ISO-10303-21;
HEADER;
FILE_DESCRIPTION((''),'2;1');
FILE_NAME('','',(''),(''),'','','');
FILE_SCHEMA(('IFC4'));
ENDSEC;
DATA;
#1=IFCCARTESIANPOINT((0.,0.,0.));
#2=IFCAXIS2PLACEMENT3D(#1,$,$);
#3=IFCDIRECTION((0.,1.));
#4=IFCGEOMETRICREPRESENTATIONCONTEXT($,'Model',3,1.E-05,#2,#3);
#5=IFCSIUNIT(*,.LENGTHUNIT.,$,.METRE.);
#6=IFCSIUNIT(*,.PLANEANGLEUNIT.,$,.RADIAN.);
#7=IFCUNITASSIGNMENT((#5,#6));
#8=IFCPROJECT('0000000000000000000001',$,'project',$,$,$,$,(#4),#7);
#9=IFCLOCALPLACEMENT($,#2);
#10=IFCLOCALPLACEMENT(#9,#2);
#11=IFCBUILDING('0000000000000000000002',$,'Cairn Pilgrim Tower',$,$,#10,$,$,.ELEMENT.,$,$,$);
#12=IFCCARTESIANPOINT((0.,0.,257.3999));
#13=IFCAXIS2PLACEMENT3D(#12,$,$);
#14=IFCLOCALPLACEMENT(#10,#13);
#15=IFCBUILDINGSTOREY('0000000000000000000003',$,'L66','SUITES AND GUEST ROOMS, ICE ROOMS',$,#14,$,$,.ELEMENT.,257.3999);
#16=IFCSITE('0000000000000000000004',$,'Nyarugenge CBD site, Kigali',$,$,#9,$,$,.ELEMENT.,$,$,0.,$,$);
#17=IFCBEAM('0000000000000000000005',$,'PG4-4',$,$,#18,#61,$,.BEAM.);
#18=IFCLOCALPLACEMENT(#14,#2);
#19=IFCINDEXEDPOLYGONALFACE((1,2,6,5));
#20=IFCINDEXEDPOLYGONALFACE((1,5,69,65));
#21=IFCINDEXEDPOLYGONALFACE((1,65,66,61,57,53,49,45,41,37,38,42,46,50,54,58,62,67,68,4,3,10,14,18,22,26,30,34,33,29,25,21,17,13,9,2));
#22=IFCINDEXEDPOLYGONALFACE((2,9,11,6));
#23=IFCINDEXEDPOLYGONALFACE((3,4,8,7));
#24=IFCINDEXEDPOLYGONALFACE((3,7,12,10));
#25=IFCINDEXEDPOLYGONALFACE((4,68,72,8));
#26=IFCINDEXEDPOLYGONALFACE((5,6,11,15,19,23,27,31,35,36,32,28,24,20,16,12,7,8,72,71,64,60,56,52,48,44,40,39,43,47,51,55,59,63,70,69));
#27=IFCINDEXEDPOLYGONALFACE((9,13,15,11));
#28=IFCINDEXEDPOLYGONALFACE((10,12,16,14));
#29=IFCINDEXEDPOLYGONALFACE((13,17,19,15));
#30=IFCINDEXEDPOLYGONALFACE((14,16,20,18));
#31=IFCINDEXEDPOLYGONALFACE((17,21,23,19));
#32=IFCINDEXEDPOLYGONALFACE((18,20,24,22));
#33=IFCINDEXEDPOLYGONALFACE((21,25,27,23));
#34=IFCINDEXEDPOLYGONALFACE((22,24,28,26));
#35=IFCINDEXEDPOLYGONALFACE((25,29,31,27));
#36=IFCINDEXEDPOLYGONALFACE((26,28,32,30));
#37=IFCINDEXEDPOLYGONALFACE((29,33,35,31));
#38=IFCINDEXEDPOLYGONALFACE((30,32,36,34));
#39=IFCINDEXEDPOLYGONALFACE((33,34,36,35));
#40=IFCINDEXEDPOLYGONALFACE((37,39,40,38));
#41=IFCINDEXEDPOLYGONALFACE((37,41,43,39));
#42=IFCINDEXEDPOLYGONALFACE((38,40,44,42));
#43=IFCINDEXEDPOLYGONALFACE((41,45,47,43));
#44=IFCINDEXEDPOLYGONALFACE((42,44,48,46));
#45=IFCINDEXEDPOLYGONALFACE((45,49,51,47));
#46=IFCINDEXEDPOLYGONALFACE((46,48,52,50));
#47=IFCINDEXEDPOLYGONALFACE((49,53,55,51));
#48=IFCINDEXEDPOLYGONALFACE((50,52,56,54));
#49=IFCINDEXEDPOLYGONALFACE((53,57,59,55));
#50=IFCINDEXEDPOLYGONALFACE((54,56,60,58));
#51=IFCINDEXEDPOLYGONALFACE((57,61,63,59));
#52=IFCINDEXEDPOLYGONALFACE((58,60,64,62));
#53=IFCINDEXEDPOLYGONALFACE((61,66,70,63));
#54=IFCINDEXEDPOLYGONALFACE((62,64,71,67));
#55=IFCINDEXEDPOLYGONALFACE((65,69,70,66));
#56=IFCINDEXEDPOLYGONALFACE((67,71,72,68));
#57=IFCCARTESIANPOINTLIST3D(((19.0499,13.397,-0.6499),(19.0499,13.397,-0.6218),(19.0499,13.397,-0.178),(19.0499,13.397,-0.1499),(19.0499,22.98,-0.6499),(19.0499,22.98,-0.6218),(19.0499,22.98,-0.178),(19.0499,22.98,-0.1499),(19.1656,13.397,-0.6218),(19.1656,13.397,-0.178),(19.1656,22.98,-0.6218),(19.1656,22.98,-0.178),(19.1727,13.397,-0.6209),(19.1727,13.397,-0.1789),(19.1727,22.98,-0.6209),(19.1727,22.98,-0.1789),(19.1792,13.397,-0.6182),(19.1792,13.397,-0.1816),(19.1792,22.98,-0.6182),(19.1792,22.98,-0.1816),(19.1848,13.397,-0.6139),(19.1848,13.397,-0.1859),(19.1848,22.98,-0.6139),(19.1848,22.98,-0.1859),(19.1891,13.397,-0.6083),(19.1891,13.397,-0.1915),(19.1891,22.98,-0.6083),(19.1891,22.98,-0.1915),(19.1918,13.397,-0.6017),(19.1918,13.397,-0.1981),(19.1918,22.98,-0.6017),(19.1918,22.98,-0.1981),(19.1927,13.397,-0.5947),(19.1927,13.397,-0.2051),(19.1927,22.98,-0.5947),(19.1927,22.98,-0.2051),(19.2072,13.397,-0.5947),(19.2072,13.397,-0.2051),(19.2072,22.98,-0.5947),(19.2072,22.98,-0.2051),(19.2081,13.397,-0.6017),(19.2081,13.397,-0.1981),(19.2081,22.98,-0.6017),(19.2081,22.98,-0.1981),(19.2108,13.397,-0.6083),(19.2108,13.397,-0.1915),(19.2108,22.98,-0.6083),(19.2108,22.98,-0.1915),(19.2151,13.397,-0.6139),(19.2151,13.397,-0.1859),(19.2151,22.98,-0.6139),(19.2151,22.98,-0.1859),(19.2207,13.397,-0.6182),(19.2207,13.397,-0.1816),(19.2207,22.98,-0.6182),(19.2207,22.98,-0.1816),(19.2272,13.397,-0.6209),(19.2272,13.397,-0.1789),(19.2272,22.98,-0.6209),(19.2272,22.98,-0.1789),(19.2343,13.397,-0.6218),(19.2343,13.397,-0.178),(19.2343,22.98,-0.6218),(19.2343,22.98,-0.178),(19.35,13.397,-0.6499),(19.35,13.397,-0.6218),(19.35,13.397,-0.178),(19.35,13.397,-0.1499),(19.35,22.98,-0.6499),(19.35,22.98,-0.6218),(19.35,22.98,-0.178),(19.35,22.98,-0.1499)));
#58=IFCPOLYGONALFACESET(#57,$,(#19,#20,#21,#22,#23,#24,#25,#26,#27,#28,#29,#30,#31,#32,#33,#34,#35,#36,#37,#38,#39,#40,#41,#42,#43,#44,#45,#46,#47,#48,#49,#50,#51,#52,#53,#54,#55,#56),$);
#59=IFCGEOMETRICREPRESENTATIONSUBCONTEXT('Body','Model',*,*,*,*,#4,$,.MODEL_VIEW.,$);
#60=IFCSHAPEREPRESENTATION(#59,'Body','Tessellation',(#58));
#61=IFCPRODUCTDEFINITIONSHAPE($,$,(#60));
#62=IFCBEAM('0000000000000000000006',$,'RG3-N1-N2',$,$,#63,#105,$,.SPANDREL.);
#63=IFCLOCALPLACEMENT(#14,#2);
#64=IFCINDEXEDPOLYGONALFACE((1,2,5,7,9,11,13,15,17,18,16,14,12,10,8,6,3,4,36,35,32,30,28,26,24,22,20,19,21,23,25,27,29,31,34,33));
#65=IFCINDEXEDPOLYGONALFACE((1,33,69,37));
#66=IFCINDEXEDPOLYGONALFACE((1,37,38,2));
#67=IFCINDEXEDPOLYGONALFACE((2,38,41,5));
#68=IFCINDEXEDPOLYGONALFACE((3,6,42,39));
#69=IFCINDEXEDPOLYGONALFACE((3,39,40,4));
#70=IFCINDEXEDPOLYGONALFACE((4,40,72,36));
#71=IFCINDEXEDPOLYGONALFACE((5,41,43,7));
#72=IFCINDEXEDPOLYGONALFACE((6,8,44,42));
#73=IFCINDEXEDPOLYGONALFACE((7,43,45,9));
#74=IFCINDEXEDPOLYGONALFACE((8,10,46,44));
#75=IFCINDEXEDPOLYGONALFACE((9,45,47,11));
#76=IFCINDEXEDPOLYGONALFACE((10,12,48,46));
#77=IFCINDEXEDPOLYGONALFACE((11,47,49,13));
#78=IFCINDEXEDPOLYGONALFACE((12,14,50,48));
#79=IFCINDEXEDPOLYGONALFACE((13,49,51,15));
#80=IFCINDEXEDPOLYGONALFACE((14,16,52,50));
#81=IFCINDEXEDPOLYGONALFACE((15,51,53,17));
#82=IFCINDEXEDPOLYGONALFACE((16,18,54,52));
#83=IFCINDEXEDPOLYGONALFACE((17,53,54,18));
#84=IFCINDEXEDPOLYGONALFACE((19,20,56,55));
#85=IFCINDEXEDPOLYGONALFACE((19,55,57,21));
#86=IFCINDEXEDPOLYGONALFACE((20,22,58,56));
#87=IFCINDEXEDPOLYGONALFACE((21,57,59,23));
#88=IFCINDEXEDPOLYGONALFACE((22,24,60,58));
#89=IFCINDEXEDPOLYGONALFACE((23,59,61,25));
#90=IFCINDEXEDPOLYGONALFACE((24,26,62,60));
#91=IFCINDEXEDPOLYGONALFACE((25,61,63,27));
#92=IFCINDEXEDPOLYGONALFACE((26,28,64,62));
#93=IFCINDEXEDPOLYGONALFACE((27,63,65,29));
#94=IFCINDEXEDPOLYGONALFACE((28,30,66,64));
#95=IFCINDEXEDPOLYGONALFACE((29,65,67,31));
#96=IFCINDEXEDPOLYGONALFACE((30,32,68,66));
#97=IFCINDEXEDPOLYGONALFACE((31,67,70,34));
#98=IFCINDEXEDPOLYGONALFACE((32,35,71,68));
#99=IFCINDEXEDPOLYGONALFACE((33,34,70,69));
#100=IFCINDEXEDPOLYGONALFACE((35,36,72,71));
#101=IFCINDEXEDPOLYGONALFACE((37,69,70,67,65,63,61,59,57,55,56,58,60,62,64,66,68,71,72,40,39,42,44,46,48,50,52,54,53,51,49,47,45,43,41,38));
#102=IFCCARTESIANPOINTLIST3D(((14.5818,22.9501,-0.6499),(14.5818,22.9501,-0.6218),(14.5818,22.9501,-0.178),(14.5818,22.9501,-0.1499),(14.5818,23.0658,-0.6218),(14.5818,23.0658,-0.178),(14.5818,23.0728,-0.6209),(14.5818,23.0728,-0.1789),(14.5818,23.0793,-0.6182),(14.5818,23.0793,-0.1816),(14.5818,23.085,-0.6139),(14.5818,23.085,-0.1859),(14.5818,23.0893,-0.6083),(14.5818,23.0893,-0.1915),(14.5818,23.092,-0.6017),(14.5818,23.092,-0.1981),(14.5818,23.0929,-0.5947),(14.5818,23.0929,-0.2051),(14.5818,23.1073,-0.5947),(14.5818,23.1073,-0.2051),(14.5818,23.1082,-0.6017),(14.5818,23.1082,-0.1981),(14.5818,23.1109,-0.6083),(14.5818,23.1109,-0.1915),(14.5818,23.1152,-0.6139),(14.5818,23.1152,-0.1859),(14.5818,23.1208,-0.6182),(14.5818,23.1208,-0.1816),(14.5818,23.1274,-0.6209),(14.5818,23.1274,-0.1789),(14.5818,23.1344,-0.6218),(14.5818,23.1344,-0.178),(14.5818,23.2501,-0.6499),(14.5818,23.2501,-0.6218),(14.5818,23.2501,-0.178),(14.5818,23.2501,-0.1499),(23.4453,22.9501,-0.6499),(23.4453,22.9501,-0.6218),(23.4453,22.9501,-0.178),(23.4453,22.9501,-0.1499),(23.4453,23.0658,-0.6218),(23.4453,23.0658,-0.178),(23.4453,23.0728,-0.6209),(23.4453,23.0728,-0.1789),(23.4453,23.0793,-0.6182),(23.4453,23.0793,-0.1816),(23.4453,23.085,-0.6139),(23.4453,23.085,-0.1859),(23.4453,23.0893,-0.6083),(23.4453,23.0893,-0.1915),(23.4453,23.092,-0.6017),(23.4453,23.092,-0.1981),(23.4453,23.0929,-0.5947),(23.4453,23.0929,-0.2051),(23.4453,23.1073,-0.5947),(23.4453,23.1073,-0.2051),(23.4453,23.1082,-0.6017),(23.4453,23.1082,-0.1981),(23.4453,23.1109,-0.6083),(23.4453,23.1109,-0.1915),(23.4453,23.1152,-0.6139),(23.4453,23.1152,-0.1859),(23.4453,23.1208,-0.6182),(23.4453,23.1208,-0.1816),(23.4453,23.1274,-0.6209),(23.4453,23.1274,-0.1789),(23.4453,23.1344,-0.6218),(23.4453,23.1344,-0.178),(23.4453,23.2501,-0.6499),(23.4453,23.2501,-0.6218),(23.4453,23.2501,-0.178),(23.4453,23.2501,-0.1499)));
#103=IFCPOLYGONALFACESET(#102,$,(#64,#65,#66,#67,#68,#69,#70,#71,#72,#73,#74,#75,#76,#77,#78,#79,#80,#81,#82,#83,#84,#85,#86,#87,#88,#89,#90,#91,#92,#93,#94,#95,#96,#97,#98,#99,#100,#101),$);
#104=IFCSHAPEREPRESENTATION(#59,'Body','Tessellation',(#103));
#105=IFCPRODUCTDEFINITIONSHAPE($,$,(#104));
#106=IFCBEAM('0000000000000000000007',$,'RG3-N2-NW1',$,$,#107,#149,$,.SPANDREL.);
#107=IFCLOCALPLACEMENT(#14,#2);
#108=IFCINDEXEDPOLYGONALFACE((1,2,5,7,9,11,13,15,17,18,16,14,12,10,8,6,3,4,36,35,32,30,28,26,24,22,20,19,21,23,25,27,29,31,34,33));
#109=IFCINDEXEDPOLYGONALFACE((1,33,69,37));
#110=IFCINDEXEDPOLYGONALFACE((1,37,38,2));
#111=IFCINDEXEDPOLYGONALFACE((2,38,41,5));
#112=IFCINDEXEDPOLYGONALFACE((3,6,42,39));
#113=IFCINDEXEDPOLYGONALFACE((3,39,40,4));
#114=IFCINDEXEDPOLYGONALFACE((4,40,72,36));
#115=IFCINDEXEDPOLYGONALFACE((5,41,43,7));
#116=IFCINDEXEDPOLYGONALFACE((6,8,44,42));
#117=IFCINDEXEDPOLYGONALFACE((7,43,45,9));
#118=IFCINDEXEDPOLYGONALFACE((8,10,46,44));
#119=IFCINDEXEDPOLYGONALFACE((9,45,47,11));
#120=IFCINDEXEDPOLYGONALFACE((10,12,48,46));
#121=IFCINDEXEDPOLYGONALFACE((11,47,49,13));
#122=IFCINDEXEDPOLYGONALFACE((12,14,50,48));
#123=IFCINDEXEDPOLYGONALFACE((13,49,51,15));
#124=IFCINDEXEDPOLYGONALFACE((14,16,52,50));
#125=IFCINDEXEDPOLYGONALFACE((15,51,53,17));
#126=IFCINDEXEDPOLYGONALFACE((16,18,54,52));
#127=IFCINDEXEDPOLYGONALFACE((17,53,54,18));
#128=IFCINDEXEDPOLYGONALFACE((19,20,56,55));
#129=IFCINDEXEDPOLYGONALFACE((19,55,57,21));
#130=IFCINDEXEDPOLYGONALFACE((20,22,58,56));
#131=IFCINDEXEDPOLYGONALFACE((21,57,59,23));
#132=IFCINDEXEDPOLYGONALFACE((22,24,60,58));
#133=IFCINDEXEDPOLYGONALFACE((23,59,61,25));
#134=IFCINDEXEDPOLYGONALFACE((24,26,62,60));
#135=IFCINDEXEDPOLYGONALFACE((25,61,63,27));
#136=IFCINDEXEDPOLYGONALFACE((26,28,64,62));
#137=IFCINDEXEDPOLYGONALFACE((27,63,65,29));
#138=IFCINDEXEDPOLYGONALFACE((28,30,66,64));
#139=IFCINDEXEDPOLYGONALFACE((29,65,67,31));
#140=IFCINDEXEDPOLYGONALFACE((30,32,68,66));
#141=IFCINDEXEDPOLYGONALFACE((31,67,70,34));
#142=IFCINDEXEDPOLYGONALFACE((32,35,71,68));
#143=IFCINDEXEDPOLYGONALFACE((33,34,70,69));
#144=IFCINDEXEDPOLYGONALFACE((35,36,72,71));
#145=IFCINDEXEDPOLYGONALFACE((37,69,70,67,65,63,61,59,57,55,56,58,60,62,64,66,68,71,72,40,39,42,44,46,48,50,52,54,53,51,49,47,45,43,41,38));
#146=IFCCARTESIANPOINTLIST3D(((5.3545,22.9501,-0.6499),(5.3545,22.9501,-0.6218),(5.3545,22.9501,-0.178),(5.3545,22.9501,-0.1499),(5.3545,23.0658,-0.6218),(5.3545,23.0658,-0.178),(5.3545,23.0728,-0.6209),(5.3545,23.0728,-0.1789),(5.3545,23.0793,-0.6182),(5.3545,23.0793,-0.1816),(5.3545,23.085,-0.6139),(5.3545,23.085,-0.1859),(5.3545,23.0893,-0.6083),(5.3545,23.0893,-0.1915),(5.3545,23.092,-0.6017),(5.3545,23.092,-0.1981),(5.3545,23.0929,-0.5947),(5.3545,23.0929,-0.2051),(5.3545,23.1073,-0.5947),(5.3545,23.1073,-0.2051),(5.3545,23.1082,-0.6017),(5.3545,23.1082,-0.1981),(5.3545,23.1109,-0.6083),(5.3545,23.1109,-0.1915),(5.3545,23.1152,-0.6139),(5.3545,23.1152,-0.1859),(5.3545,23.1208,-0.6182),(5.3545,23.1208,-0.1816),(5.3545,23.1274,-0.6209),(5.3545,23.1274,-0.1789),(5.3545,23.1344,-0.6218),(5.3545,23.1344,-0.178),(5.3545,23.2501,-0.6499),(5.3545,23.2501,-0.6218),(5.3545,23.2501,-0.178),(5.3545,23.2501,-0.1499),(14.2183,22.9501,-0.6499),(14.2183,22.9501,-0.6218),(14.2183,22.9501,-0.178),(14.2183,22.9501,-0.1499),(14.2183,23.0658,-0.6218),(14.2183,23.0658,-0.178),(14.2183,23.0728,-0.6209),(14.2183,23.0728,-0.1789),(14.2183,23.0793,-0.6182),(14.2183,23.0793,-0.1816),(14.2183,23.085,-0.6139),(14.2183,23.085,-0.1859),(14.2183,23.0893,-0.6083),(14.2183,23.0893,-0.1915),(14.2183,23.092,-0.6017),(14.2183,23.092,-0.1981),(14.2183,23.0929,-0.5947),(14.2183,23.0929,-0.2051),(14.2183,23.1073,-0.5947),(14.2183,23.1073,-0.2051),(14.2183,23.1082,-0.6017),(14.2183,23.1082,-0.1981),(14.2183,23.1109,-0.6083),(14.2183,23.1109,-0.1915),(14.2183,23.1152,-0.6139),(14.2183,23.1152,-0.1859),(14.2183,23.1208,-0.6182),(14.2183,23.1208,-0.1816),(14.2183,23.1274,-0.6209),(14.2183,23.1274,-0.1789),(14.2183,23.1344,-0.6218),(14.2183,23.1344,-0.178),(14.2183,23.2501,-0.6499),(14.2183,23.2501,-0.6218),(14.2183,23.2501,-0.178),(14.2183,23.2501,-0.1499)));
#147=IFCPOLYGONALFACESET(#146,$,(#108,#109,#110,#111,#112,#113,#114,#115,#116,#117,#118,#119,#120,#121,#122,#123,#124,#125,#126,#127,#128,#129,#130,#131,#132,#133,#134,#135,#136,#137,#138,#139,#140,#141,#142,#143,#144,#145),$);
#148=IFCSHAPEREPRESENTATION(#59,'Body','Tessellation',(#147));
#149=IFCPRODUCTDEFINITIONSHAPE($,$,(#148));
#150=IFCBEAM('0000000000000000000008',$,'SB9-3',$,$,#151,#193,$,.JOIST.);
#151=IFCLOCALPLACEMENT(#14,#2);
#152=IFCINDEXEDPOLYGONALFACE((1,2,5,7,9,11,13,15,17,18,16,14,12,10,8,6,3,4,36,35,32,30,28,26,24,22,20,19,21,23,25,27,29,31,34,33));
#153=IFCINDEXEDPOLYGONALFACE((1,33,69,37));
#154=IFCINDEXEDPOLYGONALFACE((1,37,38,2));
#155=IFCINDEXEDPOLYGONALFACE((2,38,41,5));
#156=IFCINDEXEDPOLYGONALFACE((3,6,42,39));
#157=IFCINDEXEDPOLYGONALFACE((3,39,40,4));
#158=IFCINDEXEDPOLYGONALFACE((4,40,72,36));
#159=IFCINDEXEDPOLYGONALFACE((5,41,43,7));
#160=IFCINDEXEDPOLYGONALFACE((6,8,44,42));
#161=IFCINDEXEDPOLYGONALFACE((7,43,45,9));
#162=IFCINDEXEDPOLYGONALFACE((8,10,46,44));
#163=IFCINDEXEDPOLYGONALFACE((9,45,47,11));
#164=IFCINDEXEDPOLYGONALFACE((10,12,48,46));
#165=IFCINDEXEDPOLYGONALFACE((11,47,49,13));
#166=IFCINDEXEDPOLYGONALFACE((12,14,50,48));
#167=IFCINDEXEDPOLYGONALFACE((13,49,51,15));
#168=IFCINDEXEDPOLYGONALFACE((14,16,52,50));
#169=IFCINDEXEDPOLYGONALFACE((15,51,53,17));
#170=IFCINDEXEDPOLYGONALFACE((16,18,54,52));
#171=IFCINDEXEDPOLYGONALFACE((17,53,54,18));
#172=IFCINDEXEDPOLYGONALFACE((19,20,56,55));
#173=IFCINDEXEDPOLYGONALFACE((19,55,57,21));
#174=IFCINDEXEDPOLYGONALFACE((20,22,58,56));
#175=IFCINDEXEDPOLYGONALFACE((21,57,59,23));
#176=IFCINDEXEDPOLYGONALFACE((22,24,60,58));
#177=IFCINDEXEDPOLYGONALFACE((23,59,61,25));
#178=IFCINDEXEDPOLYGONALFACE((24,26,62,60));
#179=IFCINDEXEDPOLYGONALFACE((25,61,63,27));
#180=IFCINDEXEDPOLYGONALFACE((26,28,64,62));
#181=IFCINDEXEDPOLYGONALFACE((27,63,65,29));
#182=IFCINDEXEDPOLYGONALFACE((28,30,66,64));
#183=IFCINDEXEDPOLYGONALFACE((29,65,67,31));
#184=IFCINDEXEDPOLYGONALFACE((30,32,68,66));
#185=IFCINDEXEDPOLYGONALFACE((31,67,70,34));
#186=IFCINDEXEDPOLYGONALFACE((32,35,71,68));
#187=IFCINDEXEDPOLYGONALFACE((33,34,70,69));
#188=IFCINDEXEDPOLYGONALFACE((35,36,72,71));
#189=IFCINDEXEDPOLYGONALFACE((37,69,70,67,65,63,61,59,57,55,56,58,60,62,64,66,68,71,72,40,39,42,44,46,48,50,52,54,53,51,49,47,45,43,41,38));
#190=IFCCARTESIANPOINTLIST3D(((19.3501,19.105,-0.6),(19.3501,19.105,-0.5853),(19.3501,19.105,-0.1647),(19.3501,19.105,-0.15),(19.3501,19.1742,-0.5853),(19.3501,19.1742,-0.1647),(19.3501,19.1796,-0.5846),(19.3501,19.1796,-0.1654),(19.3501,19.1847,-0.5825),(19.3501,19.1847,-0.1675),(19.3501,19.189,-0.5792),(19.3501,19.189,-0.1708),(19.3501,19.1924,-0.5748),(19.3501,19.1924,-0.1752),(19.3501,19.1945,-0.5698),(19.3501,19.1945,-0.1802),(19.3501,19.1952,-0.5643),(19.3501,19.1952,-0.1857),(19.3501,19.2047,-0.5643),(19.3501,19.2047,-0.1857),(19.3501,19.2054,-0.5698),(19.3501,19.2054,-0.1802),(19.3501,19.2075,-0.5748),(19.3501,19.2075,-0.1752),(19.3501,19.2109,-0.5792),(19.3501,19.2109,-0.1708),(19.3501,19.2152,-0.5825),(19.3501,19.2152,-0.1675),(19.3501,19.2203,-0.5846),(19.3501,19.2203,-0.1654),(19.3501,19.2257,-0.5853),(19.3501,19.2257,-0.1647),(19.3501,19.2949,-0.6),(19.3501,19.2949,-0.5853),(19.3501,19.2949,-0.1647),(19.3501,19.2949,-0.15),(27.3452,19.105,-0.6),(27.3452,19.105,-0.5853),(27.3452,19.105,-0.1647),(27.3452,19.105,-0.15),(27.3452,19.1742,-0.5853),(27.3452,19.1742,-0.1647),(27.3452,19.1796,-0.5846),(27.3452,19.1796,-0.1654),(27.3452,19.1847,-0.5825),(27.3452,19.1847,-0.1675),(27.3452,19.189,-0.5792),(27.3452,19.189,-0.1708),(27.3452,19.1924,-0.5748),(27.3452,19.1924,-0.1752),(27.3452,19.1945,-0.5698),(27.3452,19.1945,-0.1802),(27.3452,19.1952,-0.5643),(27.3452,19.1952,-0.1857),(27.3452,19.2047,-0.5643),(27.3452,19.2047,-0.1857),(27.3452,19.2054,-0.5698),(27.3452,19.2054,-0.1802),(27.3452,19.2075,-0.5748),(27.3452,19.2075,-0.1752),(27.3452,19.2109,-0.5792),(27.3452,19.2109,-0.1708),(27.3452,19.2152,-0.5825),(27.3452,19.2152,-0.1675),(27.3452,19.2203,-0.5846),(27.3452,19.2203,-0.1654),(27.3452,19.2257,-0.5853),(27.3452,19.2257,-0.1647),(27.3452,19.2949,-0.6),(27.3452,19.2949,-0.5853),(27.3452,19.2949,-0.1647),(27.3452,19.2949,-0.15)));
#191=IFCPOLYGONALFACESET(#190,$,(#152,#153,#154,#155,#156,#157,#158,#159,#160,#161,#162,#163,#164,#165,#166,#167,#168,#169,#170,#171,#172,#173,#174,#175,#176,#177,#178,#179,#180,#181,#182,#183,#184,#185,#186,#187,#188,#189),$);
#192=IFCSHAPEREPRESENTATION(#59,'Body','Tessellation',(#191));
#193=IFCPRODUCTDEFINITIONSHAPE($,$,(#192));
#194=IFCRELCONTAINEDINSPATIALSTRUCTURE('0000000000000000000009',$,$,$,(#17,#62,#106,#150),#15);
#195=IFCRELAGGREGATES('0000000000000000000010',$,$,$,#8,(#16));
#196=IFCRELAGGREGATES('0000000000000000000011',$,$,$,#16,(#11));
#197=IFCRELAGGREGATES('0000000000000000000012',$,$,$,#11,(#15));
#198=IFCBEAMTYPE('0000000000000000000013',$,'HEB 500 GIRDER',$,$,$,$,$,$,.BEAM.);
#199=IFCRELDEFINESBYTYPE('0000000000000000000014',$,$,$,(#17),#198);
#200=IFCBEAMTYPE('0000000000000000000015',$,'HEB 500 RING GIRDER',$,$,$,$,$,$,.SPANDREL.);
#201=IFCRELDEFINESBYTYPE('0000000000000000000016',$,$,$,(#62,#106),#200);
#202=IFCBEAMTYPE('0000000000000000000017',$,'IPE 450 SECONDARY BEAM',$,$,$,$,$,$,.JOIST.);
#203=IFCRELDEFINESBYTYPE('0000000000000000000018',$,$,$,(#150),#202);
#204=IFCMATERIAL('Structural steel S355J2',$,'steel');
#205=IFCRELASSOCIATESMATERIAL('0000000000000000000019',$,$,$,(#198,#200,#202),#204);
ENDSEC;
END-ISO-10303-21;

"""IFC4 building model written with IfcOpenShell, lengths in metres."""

from ifc_helpers import new_model, si_unit, direction, frame, origin, origin_2d, place, context, subcontext, project, spatial, i_section, extrude, material, material_profile, profile_set, type_object, element, save


model = new_model("IFC4")

# Units and contexts
model_context = context("Model", 3, precision=1e-05, world=origin(), true_north=direction((0.0, 1.0)))
body_context = subcontext(model_context, "Body", "Model", "MODEL_VIEW")
ifc_project = project(units=[si_unit("LENGTHUNIT", "METRE"), si_unit("PLANEANGLEUNIT", "RADIAN")], contexts=[model_context])

# Site, building, storey
site_placement = place(None, origin())
site = spatial("IfcSite", under=ifc_project, at=site_placement, Name="Nyarugenge CBD site, Kigali", CompositionType="ELEMENT", RefElevation=0.0)
building_placement = place(site_placement, origin())
building = spatial("IfcBuilding", under=site, at=building_placement, Name="Cairn Pilgrim Tower", CompositionType="ELEMENT")
storey_placement = place(building_placement, frame((0.0, 0.0, 257.3999)))
storey = spatial("IfcBuildingStorey", under=building, at=storey_placement, Name="L66", Description="SUITES AND GUEST ROOMS, ICE ROOMS", CompositionType="ELEMENT", Elevation=257.3999)

# Shared definitions
ifc_material_1 = material(Name="Structural steel S355J2", Category="steel")

# Beams
ifc_material_profile_1 = material_profile(ifc_material_1, i_section(OverallWidth=0.3, OverallDepth=0.5, WebThickness=0.0144, FlangeThickness=0.0281, FilletRadius=0.0271, at=origin_2d()), Name="HEB 500")
ifc_profile_set_1 = profile_set([ifc_material_profile_1], Name="Structural steel S355J2")
beam_type_1 = type_object("IfcBeamType", Name="HEB 500 GIRDER", PredefinedType="BEAM", material=ifc_profile_set_1)
beam_1_placement = place(storey_placement, frame((19.2, 13.397, -0.3999), z_axis=(0.0, 1.0, 0.0), x_axis=(-1.0, 0.0, 0.0)))
element("IfcBeam", 1, at=beam_1_placement, inside=storey, type_object=beam_type_1, Name="PG4-4", PredefinedType="BEAM", context=body_context, shape_type="SweptSolid", body=[
    extrude(i_section(OverallWidth=0.3, OverallDepth=0.5, WebThickness=0.0144, FlangeThickness=0.0281, FilletRadius=0.0271, at=origin_2d()), origin(), (0.0, 0.0, 1.0), 9.583),
])
ifc_material_profile_2 = material_profile(ifc_material_1, i_section(OverallWidth=0.3, OverallDepth=0.5, WebThickness=0.0144, FlangeThickness=0.0281, FilletRadius=0.0271, at=origin_2d()), Name="HEB 500")
ifc_profile_set_2 = profile_set([ifc_material_profile_2], Name="Structural steel S355J2")
beam_type_2 = type_object("IfcBeamType", Name="HEB 500 RING GIRDER", PredefinedType="SPANDREL", material=ifc_profile_set_2)
beam_2_placement = place(storey_placement, frame((23.4453, 23.1001, -0.3999), z_axis=(-1.0, 0.0, 0.0), x_axis=(0.0, -1.0, 0.0)))
element("IfcBeam", 2, at=beam_2_placement, inside=storey, type_object=beam_type_2, Name="RG3-N1-N2", PredefinedType="SPANDREL", context=body_context, shape_type="SweptSolid", body=[
    extrude(i_section(OverallWidth=0.3, OverallDepth=0.5, WebThickness=0.0144, FlangeThickness=0.0281, FilletRadius=0.0271, at=origin_2d()), origin(), (0.0, 0.0, 1.0), 8.8635),
])
beam_3_placement = place(storey_placement, frame((14.2183, 23.1001, -0.3999), z_axis=(-1.0, 0.0, 0.0), x_axis=(0.0, -1.0, 0.0)))
element("IfcBeam", 3, at=beam_3_placement, inside=storey, type_object=beam_type_2, Name="RG3-N2-NW1", PredefinedType="SPANDREL", context=body_context, shape_type="SweptSolid", body=[
    extrude(i_section(OverallWidth=0.3, OverallDepth=0.5, WebThickness=0.0144, FlangeThickness=0.0281, FilletRadius=0.0271, at=origin_2d()), origin(), (0.0, 0.0, 1.0), 8.8638),
])
ifc_material_profile_3 = material_profile(ifc_material_1, i_section(OverallWidth=0.1899, OverallDepth=0.45, WebThickness=0.0095, FlangeThickness=0.0146, FilletRadius=0.021, at=origin_2d()), Name="IPE 450")
ifc_profile_set_3 = profile_set([ifc_material_profile_3], Name="Structural steel S355J2")
beam_type_3 = type_object("IfcBeamType", Name="IPE 450 SECONDARY BEAM", PredefinedType="JOIST", material=ifc_profile_set_3)
beam_4_placement = place(storey_placement, frame((19.3501, 19.2, -0.375), z_axis=(1.0, 0.0, 0.0), x_axis=(0.0, 1.0, 0.0)))
element("IfcBeam", 4, at=beam_4_placement, inside=storey, type_object=beam_type_3, Name="SB9-3", PredefinedType="JOIST", context=body_context, shape_type="SweptSolid", body=[
    extrude(i_section(OverallWidth=0.1899, OverallDepth=0.45, WebThickness=0.0095, FlangeThickness=0.0146, FilletRadius=0.021, at=origin_2d()), origin(), (0.0, 0.0, 1.0), 7.9951),
])

save(model, "model.ifc")
